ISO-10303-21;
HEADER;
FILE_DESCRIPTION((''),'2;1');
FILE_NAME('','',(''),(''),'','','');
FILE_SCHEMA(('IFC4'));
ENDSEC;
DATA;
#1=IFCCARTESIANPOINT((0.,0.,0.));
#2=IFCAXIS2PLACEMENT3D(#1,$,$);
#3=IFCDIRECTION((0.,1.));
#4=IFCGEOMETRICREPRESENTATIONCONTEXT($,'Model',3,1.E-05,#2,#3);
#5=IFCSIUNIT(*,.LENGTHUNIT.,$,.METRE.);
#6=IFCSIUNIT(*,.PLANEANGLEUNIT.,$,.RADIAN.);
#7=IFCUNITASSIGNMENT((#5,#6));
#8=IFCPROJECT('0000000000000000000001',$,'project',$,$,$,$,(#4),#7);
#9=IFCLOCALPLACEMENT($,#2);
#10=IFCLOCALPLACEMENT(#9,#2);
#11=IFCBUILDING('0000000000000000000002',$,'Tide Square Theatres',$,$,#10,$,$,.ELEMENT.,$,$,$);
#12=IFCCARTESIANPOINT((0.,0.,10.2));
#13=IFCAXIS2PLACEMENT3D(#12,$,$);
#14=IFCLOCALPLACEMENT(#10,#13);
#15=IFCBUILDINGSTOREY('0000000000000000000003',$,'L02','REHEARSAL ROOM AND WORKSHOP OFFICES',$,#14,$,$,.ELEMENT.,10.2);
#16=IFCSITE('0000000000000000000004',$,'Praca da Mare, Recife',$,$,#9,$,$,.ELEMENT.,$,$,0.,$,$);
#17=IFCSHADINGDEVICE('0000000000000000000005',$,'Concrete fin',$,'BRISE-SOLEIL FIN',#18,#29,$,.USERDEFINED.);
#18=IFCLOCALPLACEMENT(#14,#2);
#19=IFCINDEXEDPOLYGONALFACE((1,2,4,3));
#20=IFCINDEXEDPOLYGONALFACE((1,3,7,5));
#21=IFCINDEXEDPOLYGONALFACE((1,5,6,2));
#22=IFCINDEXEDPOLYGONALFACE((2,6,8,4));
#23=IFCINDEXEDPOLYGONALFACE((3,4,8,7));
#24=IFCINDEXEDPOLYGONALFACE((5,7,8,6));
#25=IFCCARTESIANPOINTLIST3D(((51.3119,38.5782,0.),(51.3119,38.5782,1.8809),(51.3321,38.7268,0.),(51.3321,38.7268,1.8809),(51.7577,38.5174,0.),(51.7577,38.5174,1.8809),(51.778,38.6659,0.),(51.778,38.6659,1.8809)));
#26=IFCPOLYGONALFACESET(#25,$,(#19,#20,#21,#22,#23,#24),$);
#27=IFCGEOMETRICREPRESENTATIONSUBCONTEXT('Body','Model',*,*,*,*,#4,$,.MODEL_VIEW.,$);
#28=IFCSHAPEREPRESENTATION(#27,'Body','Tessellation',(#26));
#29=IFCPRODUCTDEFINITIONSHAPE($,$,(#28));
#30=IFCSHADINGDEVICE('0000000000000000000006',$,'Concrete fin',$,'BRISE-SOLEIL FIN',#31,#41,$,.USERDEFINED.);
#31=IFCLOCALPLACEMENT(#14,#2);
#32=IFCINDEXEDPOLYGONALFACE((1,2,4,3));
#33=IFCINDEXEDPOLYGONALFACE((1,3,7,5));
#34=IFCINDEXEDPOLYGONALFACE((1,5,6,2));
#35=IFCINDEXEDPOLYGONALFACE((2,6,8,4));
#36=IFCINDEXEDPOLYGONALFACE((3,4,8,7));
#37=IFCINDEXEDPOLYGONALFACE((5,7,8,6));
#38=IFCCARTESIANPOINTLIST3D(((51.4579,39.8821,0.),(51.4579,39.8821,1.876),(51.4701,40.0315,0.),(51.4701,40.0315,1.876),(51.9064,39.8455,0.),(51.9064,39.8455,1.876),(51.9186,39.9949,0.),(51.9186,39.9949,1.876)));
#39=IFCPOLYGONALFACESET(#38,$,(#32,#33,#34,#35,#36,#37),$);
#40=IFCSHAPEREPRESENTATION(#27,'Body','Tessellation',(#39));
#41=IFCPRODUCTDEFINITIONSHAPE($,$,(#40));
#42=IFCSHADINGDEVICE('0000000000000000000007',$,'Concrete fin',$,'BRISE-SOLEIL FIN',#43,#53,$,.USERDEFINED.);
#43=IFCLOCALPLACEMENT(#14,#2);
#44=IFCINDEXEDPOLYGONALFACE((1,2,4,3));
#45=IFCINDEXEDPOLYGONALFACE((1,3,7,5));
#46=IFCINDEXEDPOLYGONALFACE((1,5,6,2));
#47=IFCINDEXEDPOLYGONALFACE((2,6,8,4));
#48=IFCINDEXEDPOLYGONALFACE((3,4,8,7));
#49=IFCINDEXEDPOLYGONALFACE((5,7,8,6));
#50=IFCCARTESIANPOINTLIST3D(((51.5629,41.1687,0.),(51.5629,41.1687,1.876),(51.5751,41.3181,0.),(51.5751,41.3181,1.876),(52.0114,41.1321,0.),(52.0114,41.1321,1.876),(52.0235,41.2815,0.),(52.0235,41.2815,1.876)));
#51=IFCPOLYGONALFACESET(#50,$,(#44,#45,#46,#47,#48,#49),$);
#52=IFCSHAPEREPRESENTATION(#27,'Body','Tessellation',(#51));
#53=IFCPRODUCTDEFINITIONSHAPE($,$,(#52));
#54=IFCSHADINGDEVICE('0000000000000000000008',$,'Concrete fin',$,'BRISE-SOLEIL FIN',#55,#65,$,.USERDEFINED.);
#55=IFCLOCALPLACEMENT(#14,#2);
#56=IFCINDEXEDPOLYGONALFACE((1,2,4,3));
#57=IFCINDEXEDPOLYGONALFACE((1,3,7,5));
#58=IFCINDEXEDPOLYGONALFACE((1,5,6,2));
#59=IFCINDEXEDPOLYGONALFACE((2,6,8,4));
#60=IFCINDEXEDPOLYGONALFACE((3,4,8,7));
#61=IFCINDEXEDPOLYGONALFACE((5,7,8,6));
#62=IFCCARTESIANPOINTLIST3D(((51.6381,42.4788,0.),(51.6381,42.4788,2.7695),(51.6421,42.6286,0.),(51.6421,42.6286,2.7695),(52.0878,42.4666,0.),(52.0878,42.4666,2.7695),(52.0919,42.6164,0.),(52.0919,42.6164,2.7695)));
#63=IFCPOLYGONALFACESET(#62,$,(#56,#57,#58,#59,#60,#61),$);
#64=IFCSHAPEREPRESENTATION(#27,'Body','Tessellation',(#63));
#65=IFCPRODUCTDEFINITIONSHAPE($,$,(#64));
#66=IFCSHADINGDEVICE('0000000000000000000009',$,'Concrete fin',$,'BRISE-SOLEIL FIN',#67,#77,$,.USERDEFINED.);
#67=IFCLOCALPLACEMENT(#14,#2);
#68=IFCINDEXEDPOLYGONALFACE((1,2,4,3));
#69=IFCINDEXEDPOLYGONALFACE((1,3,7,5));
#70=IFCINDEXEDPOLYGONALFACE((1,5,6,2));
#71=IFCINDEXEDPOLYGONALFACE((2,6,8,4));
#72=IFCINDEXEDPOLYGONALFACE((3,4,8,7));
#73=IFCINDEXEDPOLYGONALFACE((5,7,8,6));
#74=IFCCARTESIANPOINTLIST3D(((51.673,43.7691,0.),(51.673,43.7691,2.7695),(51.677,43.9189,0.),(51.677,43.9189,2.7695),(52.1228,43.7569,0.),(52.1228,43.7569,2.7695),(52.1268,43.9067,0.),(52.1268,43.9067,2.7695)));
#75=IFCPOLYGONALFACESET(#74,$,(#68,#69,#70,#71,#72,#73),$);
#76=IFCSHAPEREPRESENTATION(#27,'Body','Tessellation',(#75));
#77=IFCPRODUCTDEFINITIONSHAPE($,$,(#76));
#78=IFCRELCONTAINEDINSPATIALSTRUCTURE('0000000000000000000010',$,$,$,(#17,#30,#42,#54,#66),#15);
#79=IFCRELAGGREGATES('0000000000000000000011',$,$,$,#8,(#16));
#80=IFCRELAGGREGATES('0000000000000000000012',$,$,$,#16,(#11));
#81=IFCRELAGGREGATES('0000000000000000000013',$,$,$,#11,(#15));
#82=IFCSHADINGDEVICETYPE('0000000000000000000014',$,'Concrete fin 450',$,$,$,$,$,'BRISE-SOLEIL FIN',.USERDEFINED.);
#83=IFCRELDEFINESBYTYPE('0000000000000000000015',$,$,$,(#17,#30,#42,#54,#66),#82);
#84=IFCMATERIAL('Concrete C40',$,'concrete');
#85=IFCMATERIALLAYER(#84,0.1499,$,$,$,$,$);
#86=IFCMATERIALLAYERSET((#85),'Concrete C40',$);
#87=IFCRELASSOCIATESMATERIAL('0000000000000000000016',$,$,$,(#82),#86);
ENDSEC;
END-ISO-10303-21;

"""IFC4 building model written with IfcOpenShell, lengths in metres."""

from ifc_helpers import new_model, si_unit, direction, frame, origin, origin_2d, place, context, subcontext, project, spatial, rectangle, extrude, material, layer, layer_set, type_object, element, save


model = new_model("IFC4")

# Units and contexts
model_context = context("Model", 3, precision=1e-05, world=origin(), true_north=direction((0.0, 1.0)))
body_context = subcontext(model_context, "Body", "Model", "MODEL_VIEW")
ifc_project = project(units=[si_unit("LENGTHUNIT", "METRE"), si_unit("PLANEANGLEUNIT", "RADIAN")], contexts=[model_context])

# Site, building, storey
site_placement = place(None, origin())
site = spatial("IfcSite", under=ifc_project, at=site_placement, Name="Praca da Mare, Recife", CompositionType="ELEMENT", RefElevation=0.0)
building_placement = place(site_placement, origin())
building = spatial("IfcBuilding", under=site, at=building_placement, Name="Tide Square Theatres", CompositionType="ELEMENT")
storey_placement = place(building_placement, frame((0.0, 0.0, 10.2)))
storey = spatial("IfcBuildingStorey", under=building, at=storey_placement, Name="L02", Description="REHEARSAL ROOM AND WORKSHOP OFFICES", CompositionType="ELEMENT", Elevation=10.2)

# Shading devices
ifc_material_1 = material(Name="Concrete C40", Category="concrete")
ifc_layer_1 = layer(ifc_material_1, 0.1499)
ifc_layer_set_1 = layer_set([ifc_layer_1], Name="Concrete C40")
shading_device_type = type_object("IfcShadingDeviceType", Name="Concrete fin 450", ElementType="BRISE-SOLEIL FIN", PredefinedType="USERDEFINED", material=ifc_layer_set_1)
for number, where, z_axis, x_axis, name in (
    (1, (51.5449, 38.6221, 0.0), (0.0, 0.0, 1.0), (0.135214, 0.990816, 0.0), "Concrete fin"),
):
    element("IfcShadingDevice", number, at=place(storey_placement, frame(where, z_axis=z_axis, x_axis=x_axis)), inside=storey, type_object=shading_device_type, Name=name, ObjectType="BRISE-SOLEIL FIN", PredefinedType="USERDEFINED", context=body_context, shape_type="SweptSolid", body=[
        extrude(rectangle(XDim=0.1499, YDim=0.45, at=origin_2d()), origin(), (0.0, 0.0, 1.0), 1.8809),
    ])
for number, where, z_axis, x_axis, name in (
    (2, (51.6882, 39.9385, 0.0), (0.0, 0.0, 1.0), (0.081295, 0.99669, 0.0), "Concrete fin"),
    (3, (51.7932, 41.2251, 0.0), (0.0, 0.0, 1.0), (0.081295, 0.99669, 0.0), "Concrete fin"),
):
    element("IfcShadingDevice", number, at=place(storey_placement, frame(where, z_axis=z_axis, x_axis=x_axis)), inside=storey, type_object=shading_device_type, Name=name, ObjectType="BRISE-SOLEIL FIN", PredefinedType="USERDEFINED", context=body_context, shape_type="SweptSolid", body=[
        extrude(rectangle(XDim=0.1499, YDim=0.45, at=origin_2d()), origin(), (0.0, 0.0, 1.0), 1.876),
    ])
for number, where, z_axis, x_axis, name in (
    (4, (51.865, 42.5476, 0.0), (0.0, 0.0, 1.0), (0.027154, 0.999631, 0.0), "Concrete fin"),
    (5, (51.8999, 43.8379, 0.0), (0.0, 0.0, 1.0), (0.027154, 0.999631, 0.0), "Concrete fin"),
):
    element("IfcShadingDevice", number, at=place(storey_placement, frame(where, z_axis=z_axis, x_axis=x_axis)), inside=storey, type_object=shading_device_type, Name=name, ObjectType="BRISE-SOLEIL FIN", PredefinedType="USERDEFINED", context=body_context, shape_type="SweptSolid", body=[
        extrude(rectangle(XDim=0.1499, YDim=0.45, at=origin_2d()), origin(), (0.0, 0.0, 1.0), 2.7695),
    ])

save(model, "model.ifc")
